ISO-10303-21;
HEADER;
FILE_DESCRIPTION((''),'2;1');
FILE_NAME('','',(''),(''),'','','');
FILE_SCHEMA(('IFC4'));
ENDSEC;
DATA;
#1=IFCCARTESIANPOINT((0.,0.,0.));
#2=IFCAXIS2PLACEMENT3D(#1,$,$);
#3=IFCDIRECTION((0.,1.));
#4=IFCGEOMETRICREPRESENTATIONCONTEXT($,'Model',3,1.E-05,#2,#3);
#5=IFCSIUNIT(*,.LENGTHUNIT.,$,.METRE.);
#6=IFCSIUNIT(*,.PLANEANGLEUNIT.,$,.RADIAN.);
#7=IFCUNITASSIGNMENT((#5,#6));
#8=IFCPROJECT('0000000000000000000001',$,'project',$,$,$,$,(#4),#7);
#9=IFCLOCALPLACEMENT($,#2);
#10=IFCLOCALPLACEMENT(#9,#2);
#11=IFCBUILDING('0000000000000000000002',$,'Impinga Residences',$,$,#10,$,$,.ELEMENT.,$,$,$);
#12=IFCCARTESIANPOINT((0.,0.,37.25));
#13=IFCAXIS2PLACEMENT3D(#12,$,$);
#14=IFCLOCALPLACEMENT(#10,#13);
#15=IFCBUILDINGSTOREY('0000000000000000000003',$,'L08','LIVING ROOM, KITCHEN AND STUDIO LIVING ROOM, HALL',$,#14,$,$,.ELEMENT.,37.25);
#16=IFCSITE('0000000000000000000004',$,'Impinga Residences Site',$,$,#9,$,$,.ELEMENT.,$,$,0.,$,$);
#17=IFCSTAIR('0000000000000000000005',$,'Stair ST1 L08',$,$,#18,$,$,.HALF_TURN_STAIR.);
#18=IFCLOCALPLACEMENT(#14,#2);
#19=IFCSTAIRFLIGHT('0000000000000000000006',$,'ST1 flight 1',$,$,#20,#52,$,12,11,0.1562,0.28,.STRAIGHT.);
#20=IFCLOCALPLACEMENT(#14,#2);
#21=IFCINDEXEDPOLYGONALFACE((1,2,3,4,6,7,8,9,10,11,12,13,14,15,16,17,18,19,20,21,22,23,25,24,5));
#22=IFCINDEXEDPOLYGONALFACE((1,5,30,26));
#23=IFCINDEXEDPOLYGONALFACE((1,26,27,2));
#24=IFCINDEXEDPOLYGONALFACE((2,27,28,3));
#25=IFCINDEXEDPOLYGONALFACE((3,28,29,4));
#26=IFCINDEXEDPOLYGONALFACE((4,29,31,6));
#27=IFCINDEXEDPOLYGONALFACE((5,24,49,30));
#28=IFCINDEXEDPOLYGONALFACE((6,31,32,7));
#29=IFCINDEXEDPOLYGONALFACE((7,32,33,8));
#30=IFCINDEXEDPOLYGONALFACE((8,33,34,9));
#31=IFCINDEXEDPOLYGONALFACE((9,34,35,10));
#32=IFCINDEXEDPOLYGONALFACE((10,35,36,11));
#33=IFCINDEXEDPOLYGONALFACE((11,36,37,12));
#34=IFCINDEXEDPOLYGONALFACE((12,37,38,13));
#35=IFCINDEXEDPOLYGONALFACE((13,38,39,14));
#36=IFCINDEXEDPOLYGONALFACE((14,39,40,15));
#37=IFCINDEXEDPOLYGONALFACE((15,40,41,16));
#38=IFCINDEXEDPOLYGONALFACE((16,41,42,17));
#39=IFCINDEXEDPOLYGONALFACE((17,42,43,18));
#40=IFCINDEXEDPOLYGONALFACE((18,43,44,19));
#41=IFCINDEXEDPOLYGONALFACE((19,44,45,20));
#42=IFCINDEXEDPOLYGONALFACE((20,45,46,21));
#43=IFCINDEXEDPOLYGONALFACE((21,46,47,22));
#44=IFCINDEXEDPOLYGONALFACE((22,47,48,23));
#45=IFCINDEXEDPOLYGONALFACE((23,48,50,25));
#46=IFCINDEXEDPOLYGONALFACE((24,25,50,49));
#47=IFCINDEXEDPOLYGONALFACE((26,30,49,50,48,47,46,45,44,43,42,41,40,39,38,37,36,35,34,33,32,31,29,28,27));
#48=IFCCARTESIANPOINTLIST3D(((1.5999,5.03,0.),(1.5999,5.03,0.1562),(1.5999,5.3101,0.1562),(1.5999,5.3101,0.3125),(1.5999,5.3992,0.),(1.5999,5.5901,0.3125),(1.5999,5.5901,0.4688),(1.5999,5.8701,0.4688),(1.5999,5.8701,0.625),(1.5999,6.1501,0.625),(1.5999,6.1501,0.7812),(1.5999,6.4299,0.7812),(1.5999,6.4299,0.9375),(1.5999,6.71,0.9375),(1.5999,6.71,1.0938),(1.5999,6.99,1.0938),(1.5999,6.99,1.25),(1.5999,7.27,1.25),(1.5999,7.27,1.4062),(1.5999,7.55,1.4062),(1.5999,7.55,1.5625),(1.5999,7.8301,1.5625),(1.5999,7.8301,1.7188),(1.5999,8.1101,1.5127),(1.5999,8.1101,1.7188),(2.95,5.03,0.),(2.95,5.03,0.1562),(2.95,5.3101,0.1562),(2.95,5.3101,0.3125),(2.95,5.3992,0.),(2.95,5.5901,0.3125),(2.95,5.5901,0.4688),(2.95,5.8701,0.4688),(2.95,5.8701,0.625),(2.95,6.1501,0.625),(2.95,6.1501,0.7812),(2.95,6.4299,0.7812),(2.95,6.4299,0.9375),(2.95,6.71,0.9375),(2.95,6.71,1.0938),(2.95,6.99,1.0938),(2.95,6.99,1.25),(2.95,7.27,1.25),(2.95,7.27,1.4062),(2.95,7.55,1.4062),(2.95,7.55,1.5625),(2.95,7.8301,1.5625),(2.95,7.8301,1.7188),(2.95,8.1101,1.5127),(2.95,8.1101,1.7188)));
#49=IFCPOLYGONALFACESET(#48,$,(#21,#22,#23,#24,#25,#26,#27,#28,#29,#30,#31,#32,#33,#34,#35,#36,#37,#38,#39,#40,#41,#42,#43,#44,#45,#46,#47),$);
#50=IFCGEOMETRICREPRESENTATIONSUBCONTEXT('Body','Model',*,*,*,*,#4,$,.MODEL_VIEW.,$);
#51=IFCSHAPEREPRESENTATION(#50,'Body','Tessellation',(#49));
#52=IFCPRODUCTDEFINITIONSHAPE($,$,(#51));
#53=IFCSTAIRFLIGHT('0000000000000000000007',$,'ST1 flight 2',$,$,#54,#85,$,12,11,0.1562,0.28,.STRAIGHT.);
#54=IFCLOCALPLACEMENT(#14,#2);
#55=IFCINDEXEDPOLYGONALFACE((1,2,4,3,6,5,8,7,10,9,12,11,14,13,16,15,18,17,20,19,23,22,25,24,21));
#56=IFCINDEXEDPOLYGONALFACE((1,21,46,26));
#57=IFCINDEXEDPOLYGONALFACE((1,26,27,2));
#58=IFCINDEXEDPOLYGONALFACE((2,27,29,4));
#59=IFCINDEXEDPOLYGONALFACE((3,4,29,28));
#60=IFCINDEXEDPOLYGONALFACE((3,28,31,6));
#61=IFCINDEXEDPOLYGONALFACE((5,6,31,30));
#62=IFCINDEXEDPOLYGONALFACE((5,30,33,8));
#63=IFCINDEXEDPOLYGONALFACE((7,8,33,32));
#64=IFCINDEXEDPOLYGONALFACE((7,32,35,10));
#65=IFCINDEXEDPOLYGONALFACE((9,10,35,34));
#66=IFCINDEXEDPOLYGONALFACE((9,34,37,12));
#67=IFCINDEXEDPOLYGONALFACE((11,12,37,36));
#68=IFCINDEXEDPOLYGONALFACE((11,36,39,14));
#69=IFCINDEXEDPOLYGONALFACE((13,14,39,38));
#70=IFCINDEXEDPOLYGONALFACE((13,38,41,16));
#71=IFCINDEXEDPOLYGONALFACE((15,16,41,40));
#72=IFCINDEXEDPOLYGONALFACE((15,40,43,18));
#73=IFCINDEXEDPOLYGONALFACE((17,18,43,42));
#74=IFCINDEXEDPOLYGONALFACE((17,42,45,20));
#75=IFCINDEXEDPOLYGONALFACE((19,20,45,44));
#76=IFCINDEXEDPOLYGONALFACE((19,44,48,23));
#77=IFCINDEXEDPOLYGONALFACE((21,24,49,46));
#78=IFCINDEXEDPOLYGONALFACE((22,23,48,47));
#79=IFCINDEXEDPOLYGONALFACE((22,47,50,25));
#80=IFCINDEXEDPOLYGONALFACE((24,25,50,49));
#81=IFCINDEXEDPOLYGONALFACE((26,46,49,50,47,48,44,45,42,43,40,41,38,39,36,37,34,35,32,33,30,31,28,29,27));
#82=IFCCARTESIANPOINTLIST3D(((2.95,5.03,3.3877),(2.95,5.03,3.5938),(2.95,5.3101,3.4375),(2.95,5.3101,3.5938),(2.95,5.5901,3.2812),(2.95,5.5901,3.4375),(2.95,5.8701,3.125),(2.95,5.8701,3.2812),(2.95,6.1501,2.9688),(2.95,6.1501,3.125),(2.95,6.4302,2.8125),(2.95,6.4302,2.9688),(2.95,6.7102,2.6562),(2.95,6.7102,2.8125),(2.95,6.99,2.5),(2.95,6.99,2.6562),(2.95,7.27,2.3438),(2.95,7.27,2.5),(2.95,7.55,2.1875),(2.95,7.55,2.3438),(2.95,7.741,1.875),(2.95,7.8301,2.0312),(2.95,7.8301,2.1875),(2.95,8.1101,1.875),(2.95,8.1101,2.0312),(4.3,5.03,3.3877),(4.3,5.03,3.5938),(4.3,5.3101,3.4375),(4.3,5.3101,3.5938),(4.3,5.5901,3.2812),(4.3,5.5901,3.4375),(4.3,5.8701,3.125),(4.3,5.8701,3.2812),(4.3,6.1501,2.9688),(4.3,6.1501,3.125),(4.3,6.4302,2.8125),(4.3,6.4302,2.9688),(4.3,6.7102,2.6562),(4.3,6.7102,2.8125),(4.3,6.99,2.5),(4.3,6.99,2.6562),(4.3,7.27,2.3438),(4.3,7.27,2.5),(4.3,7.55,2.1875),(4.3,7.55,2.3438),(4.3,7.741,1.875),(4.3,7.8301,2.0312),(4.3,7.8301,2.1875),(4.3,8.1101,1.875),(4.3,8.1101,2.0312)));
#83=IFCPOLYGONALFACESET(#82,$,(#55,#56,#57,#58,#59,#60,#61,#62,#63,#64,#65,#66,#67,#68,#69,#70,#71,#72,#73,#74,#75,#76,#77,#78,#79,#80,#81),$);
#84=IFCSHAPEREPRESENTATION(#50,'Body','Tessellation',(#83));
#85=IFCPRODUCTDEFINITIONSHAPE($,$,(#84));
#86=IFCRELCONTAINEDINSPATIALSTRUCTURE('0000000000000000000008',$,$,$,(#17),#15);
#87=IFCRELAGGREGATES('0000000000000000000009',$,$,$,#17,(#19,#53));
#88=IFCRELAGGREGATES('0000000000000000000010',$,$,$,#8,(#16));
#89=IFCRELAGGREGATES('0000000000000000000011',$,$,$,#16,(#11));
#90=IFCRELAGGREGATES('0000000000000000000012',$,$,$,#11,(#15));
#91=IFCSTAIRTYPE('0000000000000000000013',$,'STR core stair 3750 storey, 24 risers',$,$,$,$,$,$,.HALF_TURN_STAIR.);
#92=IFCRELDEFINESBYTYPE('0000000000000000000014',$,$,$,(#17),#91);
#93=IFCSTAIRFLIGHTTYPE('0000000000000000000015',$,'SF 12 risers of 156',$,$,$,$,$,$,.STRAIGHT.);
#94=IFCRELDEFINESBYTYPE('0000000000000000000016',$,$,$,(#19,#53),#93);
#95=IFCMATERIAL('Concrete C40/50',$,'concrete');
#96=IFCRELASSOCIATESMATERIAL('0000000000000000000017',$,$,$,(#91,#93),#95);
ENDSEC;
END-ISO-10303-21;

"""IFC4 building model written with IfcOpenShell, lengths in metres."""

from ifc_helpers import new_model, si_unit, direction, frame, origin, place, context, subcontext, project, spatial, polyline, outline, extrude, material, type_object, element, aggregate, save


model = new_model("IFC4")

# Units and contexts
model_context = context("Model", 3, precision=1e-05, world=origin(), true_north=direction((0.0, 1.0)))
body_context = subcontext(model_context, "Body", "Model", "MODEL_VIEW")
ifc_project = project(units=[si_unit("LENGTHUNIT", "METRE"), si_unit("PLANEANGLEUNIT", "RADIAN")], contexts=[model_context])

# Site, building, storey
site_placement = place(None, origin())
site = spatial("IfcSite", under=ifc_project, at=site_placement, Name="Impinga Residences Site", CompositionType="ELEMENT", RefElevation=0.0)
building_placement = place(site_placement, origin())
building = spatial("IfcBuilding", under=site, at=building_placement, Name="Impinga Residences", CompositionType="ELEMENT")
storey_placement = place(building_placement, frame((0.0, 0.0, 37.25)))
storey = spatial("IfcBuildingStorey", under=building, at=storey_placement, Name="L08", Description="LIVING ROOM, KITCHEN AND STUDIO LIVING ROOM, HALL", CompositionType="ELEMENT", Elevation=37.25)

# Stair, stair flights
ifc_material_1 = material(Name="Concrete C40/50", Category="concrete")
stair_type = type_object("IfcStairType", Name="STR core stair 3750 storey, 24 risers", PredefinedType="HALF_TURN_STAIR", material=ifc_material_1)
stair_placement = place(storey_placement, origin())
stair = element("IfcStair", 1, at=stair_placement, inside=storey, type_object=stair_type, Name="Stair ST1 L08", PredefinedType="HALF_TURN_STAIR")
stair_flight_type = type_object("IfcStairFlightType", Name="SF 12 risers of 156", PredefinedType="STRAIGHT", material=ifc_material_1)
stair_flight_1_placement = place(storey_placement, frame((2.2749, 5.03, 0.0), z_axis=(0.0, 0.0, 1.0), x_axis=(0.0, 1.0, 0.0)))
stair_flight_1 = element("IfcStairFlight", 2, at=stair_flight_1_placement, type_object=stair_flight_type, Name="ST1 flight 1", NumberOfRisers=12, NumberOfTreads=11, PredefinedType="STRAIGHT", RiserHeight=0.1562, TreadLength=0.28, context=body_context, shape_type="SweptSolid", body=[
    extrude(outline(polyline([(0.0, 0.0), (0.0, 0.1562), (0.28, 0.1562), (0.28, 0.3125), (0.5601, 0.3125), (0.5601, 0.4688), (0.8401, 0.4688), (0.8401, 0.625), (1.1201, 0.625), (1.1201, 0.7812), (1.3999, 0.7812), (1.3999, 0.9375), (1.6799, 0.9375), (1.6799, 1.0938), (1.96, 1.0938), (1.96, 1.25), (2.24, 1.25), (2.24, 1.4062), (2.52, 1.4062), (2.52, 1.5625), (2.8, 1.5625), (2.8, 1.7188), (3.0801, 1.7188), (3.0801, 1.875), (3.0801, 1.5127), (0.3691, 0.0), (0.0, 0.0)])), frame((0.0, 0.675, 0.0), z_axis=(0.0, -1.0, 0.0), x_axis=(1.0, 0.0, 0.0)), (0.0, 0.0, 1.0), 1.3501),
])
stair_flight_2_placement = place(storey_placement, frame((3.625, 8.1101, 1.875), z_axis=(0.0, 0.0, 1.0), x_axis=(0.0, -1.0, 0.0)))
stair_flight_2 = element("IfcStairFlight", 3, at=stair_flight_2_placement, type_object=stair_flight_type, Name="ST1 flight 2", NumberOfRisers=12, NumberOfTreads=11, PredefinedType="STRAIGHT", RiserHeight=0.1562, TreadLength=0.28, context=body_context, shape_type="SweptSolid", body=[
    extrude(outline(polyline([(0.0, 0.0), (0.0, 0.1562), (0.28, 0.1562), (0.28, 0.3125), (0.5601, 0.3125), (0.5601, 0.4688), (0.8401, 0.4688), (0.8401, 0.625), (1.1201, 0.625), (1.1201, 0.7812), (1.3999, 0.7812), (1.3999, 0.9375), (1.6799, 0.9375), (1.6799, 1.0938), (1.96, 1.0938), (1.96, 1.25), (2.24, 1.25), (2.24, 1.4062), (2.52, 1.4062), (2.52, 1.5625), (2.8, 1.5625), (2.8, 1.7188), (3.0801, 1.7188), (3.0801, 1.875), (3.0801, 1.5127), (0.3691, 0.0), (0.0, 0.0)])), frame((0.0, 0.675, 0.0), z_axis=(0.0, -1.0, 0.0), x_axis=(1.0, 0.0, 0.0)), (0.0, 0.0, 1.0), 1.3501),
])
aggregate(stair, [stair_flight_1, stair_flight_2])

save(model, "model.ifc")
